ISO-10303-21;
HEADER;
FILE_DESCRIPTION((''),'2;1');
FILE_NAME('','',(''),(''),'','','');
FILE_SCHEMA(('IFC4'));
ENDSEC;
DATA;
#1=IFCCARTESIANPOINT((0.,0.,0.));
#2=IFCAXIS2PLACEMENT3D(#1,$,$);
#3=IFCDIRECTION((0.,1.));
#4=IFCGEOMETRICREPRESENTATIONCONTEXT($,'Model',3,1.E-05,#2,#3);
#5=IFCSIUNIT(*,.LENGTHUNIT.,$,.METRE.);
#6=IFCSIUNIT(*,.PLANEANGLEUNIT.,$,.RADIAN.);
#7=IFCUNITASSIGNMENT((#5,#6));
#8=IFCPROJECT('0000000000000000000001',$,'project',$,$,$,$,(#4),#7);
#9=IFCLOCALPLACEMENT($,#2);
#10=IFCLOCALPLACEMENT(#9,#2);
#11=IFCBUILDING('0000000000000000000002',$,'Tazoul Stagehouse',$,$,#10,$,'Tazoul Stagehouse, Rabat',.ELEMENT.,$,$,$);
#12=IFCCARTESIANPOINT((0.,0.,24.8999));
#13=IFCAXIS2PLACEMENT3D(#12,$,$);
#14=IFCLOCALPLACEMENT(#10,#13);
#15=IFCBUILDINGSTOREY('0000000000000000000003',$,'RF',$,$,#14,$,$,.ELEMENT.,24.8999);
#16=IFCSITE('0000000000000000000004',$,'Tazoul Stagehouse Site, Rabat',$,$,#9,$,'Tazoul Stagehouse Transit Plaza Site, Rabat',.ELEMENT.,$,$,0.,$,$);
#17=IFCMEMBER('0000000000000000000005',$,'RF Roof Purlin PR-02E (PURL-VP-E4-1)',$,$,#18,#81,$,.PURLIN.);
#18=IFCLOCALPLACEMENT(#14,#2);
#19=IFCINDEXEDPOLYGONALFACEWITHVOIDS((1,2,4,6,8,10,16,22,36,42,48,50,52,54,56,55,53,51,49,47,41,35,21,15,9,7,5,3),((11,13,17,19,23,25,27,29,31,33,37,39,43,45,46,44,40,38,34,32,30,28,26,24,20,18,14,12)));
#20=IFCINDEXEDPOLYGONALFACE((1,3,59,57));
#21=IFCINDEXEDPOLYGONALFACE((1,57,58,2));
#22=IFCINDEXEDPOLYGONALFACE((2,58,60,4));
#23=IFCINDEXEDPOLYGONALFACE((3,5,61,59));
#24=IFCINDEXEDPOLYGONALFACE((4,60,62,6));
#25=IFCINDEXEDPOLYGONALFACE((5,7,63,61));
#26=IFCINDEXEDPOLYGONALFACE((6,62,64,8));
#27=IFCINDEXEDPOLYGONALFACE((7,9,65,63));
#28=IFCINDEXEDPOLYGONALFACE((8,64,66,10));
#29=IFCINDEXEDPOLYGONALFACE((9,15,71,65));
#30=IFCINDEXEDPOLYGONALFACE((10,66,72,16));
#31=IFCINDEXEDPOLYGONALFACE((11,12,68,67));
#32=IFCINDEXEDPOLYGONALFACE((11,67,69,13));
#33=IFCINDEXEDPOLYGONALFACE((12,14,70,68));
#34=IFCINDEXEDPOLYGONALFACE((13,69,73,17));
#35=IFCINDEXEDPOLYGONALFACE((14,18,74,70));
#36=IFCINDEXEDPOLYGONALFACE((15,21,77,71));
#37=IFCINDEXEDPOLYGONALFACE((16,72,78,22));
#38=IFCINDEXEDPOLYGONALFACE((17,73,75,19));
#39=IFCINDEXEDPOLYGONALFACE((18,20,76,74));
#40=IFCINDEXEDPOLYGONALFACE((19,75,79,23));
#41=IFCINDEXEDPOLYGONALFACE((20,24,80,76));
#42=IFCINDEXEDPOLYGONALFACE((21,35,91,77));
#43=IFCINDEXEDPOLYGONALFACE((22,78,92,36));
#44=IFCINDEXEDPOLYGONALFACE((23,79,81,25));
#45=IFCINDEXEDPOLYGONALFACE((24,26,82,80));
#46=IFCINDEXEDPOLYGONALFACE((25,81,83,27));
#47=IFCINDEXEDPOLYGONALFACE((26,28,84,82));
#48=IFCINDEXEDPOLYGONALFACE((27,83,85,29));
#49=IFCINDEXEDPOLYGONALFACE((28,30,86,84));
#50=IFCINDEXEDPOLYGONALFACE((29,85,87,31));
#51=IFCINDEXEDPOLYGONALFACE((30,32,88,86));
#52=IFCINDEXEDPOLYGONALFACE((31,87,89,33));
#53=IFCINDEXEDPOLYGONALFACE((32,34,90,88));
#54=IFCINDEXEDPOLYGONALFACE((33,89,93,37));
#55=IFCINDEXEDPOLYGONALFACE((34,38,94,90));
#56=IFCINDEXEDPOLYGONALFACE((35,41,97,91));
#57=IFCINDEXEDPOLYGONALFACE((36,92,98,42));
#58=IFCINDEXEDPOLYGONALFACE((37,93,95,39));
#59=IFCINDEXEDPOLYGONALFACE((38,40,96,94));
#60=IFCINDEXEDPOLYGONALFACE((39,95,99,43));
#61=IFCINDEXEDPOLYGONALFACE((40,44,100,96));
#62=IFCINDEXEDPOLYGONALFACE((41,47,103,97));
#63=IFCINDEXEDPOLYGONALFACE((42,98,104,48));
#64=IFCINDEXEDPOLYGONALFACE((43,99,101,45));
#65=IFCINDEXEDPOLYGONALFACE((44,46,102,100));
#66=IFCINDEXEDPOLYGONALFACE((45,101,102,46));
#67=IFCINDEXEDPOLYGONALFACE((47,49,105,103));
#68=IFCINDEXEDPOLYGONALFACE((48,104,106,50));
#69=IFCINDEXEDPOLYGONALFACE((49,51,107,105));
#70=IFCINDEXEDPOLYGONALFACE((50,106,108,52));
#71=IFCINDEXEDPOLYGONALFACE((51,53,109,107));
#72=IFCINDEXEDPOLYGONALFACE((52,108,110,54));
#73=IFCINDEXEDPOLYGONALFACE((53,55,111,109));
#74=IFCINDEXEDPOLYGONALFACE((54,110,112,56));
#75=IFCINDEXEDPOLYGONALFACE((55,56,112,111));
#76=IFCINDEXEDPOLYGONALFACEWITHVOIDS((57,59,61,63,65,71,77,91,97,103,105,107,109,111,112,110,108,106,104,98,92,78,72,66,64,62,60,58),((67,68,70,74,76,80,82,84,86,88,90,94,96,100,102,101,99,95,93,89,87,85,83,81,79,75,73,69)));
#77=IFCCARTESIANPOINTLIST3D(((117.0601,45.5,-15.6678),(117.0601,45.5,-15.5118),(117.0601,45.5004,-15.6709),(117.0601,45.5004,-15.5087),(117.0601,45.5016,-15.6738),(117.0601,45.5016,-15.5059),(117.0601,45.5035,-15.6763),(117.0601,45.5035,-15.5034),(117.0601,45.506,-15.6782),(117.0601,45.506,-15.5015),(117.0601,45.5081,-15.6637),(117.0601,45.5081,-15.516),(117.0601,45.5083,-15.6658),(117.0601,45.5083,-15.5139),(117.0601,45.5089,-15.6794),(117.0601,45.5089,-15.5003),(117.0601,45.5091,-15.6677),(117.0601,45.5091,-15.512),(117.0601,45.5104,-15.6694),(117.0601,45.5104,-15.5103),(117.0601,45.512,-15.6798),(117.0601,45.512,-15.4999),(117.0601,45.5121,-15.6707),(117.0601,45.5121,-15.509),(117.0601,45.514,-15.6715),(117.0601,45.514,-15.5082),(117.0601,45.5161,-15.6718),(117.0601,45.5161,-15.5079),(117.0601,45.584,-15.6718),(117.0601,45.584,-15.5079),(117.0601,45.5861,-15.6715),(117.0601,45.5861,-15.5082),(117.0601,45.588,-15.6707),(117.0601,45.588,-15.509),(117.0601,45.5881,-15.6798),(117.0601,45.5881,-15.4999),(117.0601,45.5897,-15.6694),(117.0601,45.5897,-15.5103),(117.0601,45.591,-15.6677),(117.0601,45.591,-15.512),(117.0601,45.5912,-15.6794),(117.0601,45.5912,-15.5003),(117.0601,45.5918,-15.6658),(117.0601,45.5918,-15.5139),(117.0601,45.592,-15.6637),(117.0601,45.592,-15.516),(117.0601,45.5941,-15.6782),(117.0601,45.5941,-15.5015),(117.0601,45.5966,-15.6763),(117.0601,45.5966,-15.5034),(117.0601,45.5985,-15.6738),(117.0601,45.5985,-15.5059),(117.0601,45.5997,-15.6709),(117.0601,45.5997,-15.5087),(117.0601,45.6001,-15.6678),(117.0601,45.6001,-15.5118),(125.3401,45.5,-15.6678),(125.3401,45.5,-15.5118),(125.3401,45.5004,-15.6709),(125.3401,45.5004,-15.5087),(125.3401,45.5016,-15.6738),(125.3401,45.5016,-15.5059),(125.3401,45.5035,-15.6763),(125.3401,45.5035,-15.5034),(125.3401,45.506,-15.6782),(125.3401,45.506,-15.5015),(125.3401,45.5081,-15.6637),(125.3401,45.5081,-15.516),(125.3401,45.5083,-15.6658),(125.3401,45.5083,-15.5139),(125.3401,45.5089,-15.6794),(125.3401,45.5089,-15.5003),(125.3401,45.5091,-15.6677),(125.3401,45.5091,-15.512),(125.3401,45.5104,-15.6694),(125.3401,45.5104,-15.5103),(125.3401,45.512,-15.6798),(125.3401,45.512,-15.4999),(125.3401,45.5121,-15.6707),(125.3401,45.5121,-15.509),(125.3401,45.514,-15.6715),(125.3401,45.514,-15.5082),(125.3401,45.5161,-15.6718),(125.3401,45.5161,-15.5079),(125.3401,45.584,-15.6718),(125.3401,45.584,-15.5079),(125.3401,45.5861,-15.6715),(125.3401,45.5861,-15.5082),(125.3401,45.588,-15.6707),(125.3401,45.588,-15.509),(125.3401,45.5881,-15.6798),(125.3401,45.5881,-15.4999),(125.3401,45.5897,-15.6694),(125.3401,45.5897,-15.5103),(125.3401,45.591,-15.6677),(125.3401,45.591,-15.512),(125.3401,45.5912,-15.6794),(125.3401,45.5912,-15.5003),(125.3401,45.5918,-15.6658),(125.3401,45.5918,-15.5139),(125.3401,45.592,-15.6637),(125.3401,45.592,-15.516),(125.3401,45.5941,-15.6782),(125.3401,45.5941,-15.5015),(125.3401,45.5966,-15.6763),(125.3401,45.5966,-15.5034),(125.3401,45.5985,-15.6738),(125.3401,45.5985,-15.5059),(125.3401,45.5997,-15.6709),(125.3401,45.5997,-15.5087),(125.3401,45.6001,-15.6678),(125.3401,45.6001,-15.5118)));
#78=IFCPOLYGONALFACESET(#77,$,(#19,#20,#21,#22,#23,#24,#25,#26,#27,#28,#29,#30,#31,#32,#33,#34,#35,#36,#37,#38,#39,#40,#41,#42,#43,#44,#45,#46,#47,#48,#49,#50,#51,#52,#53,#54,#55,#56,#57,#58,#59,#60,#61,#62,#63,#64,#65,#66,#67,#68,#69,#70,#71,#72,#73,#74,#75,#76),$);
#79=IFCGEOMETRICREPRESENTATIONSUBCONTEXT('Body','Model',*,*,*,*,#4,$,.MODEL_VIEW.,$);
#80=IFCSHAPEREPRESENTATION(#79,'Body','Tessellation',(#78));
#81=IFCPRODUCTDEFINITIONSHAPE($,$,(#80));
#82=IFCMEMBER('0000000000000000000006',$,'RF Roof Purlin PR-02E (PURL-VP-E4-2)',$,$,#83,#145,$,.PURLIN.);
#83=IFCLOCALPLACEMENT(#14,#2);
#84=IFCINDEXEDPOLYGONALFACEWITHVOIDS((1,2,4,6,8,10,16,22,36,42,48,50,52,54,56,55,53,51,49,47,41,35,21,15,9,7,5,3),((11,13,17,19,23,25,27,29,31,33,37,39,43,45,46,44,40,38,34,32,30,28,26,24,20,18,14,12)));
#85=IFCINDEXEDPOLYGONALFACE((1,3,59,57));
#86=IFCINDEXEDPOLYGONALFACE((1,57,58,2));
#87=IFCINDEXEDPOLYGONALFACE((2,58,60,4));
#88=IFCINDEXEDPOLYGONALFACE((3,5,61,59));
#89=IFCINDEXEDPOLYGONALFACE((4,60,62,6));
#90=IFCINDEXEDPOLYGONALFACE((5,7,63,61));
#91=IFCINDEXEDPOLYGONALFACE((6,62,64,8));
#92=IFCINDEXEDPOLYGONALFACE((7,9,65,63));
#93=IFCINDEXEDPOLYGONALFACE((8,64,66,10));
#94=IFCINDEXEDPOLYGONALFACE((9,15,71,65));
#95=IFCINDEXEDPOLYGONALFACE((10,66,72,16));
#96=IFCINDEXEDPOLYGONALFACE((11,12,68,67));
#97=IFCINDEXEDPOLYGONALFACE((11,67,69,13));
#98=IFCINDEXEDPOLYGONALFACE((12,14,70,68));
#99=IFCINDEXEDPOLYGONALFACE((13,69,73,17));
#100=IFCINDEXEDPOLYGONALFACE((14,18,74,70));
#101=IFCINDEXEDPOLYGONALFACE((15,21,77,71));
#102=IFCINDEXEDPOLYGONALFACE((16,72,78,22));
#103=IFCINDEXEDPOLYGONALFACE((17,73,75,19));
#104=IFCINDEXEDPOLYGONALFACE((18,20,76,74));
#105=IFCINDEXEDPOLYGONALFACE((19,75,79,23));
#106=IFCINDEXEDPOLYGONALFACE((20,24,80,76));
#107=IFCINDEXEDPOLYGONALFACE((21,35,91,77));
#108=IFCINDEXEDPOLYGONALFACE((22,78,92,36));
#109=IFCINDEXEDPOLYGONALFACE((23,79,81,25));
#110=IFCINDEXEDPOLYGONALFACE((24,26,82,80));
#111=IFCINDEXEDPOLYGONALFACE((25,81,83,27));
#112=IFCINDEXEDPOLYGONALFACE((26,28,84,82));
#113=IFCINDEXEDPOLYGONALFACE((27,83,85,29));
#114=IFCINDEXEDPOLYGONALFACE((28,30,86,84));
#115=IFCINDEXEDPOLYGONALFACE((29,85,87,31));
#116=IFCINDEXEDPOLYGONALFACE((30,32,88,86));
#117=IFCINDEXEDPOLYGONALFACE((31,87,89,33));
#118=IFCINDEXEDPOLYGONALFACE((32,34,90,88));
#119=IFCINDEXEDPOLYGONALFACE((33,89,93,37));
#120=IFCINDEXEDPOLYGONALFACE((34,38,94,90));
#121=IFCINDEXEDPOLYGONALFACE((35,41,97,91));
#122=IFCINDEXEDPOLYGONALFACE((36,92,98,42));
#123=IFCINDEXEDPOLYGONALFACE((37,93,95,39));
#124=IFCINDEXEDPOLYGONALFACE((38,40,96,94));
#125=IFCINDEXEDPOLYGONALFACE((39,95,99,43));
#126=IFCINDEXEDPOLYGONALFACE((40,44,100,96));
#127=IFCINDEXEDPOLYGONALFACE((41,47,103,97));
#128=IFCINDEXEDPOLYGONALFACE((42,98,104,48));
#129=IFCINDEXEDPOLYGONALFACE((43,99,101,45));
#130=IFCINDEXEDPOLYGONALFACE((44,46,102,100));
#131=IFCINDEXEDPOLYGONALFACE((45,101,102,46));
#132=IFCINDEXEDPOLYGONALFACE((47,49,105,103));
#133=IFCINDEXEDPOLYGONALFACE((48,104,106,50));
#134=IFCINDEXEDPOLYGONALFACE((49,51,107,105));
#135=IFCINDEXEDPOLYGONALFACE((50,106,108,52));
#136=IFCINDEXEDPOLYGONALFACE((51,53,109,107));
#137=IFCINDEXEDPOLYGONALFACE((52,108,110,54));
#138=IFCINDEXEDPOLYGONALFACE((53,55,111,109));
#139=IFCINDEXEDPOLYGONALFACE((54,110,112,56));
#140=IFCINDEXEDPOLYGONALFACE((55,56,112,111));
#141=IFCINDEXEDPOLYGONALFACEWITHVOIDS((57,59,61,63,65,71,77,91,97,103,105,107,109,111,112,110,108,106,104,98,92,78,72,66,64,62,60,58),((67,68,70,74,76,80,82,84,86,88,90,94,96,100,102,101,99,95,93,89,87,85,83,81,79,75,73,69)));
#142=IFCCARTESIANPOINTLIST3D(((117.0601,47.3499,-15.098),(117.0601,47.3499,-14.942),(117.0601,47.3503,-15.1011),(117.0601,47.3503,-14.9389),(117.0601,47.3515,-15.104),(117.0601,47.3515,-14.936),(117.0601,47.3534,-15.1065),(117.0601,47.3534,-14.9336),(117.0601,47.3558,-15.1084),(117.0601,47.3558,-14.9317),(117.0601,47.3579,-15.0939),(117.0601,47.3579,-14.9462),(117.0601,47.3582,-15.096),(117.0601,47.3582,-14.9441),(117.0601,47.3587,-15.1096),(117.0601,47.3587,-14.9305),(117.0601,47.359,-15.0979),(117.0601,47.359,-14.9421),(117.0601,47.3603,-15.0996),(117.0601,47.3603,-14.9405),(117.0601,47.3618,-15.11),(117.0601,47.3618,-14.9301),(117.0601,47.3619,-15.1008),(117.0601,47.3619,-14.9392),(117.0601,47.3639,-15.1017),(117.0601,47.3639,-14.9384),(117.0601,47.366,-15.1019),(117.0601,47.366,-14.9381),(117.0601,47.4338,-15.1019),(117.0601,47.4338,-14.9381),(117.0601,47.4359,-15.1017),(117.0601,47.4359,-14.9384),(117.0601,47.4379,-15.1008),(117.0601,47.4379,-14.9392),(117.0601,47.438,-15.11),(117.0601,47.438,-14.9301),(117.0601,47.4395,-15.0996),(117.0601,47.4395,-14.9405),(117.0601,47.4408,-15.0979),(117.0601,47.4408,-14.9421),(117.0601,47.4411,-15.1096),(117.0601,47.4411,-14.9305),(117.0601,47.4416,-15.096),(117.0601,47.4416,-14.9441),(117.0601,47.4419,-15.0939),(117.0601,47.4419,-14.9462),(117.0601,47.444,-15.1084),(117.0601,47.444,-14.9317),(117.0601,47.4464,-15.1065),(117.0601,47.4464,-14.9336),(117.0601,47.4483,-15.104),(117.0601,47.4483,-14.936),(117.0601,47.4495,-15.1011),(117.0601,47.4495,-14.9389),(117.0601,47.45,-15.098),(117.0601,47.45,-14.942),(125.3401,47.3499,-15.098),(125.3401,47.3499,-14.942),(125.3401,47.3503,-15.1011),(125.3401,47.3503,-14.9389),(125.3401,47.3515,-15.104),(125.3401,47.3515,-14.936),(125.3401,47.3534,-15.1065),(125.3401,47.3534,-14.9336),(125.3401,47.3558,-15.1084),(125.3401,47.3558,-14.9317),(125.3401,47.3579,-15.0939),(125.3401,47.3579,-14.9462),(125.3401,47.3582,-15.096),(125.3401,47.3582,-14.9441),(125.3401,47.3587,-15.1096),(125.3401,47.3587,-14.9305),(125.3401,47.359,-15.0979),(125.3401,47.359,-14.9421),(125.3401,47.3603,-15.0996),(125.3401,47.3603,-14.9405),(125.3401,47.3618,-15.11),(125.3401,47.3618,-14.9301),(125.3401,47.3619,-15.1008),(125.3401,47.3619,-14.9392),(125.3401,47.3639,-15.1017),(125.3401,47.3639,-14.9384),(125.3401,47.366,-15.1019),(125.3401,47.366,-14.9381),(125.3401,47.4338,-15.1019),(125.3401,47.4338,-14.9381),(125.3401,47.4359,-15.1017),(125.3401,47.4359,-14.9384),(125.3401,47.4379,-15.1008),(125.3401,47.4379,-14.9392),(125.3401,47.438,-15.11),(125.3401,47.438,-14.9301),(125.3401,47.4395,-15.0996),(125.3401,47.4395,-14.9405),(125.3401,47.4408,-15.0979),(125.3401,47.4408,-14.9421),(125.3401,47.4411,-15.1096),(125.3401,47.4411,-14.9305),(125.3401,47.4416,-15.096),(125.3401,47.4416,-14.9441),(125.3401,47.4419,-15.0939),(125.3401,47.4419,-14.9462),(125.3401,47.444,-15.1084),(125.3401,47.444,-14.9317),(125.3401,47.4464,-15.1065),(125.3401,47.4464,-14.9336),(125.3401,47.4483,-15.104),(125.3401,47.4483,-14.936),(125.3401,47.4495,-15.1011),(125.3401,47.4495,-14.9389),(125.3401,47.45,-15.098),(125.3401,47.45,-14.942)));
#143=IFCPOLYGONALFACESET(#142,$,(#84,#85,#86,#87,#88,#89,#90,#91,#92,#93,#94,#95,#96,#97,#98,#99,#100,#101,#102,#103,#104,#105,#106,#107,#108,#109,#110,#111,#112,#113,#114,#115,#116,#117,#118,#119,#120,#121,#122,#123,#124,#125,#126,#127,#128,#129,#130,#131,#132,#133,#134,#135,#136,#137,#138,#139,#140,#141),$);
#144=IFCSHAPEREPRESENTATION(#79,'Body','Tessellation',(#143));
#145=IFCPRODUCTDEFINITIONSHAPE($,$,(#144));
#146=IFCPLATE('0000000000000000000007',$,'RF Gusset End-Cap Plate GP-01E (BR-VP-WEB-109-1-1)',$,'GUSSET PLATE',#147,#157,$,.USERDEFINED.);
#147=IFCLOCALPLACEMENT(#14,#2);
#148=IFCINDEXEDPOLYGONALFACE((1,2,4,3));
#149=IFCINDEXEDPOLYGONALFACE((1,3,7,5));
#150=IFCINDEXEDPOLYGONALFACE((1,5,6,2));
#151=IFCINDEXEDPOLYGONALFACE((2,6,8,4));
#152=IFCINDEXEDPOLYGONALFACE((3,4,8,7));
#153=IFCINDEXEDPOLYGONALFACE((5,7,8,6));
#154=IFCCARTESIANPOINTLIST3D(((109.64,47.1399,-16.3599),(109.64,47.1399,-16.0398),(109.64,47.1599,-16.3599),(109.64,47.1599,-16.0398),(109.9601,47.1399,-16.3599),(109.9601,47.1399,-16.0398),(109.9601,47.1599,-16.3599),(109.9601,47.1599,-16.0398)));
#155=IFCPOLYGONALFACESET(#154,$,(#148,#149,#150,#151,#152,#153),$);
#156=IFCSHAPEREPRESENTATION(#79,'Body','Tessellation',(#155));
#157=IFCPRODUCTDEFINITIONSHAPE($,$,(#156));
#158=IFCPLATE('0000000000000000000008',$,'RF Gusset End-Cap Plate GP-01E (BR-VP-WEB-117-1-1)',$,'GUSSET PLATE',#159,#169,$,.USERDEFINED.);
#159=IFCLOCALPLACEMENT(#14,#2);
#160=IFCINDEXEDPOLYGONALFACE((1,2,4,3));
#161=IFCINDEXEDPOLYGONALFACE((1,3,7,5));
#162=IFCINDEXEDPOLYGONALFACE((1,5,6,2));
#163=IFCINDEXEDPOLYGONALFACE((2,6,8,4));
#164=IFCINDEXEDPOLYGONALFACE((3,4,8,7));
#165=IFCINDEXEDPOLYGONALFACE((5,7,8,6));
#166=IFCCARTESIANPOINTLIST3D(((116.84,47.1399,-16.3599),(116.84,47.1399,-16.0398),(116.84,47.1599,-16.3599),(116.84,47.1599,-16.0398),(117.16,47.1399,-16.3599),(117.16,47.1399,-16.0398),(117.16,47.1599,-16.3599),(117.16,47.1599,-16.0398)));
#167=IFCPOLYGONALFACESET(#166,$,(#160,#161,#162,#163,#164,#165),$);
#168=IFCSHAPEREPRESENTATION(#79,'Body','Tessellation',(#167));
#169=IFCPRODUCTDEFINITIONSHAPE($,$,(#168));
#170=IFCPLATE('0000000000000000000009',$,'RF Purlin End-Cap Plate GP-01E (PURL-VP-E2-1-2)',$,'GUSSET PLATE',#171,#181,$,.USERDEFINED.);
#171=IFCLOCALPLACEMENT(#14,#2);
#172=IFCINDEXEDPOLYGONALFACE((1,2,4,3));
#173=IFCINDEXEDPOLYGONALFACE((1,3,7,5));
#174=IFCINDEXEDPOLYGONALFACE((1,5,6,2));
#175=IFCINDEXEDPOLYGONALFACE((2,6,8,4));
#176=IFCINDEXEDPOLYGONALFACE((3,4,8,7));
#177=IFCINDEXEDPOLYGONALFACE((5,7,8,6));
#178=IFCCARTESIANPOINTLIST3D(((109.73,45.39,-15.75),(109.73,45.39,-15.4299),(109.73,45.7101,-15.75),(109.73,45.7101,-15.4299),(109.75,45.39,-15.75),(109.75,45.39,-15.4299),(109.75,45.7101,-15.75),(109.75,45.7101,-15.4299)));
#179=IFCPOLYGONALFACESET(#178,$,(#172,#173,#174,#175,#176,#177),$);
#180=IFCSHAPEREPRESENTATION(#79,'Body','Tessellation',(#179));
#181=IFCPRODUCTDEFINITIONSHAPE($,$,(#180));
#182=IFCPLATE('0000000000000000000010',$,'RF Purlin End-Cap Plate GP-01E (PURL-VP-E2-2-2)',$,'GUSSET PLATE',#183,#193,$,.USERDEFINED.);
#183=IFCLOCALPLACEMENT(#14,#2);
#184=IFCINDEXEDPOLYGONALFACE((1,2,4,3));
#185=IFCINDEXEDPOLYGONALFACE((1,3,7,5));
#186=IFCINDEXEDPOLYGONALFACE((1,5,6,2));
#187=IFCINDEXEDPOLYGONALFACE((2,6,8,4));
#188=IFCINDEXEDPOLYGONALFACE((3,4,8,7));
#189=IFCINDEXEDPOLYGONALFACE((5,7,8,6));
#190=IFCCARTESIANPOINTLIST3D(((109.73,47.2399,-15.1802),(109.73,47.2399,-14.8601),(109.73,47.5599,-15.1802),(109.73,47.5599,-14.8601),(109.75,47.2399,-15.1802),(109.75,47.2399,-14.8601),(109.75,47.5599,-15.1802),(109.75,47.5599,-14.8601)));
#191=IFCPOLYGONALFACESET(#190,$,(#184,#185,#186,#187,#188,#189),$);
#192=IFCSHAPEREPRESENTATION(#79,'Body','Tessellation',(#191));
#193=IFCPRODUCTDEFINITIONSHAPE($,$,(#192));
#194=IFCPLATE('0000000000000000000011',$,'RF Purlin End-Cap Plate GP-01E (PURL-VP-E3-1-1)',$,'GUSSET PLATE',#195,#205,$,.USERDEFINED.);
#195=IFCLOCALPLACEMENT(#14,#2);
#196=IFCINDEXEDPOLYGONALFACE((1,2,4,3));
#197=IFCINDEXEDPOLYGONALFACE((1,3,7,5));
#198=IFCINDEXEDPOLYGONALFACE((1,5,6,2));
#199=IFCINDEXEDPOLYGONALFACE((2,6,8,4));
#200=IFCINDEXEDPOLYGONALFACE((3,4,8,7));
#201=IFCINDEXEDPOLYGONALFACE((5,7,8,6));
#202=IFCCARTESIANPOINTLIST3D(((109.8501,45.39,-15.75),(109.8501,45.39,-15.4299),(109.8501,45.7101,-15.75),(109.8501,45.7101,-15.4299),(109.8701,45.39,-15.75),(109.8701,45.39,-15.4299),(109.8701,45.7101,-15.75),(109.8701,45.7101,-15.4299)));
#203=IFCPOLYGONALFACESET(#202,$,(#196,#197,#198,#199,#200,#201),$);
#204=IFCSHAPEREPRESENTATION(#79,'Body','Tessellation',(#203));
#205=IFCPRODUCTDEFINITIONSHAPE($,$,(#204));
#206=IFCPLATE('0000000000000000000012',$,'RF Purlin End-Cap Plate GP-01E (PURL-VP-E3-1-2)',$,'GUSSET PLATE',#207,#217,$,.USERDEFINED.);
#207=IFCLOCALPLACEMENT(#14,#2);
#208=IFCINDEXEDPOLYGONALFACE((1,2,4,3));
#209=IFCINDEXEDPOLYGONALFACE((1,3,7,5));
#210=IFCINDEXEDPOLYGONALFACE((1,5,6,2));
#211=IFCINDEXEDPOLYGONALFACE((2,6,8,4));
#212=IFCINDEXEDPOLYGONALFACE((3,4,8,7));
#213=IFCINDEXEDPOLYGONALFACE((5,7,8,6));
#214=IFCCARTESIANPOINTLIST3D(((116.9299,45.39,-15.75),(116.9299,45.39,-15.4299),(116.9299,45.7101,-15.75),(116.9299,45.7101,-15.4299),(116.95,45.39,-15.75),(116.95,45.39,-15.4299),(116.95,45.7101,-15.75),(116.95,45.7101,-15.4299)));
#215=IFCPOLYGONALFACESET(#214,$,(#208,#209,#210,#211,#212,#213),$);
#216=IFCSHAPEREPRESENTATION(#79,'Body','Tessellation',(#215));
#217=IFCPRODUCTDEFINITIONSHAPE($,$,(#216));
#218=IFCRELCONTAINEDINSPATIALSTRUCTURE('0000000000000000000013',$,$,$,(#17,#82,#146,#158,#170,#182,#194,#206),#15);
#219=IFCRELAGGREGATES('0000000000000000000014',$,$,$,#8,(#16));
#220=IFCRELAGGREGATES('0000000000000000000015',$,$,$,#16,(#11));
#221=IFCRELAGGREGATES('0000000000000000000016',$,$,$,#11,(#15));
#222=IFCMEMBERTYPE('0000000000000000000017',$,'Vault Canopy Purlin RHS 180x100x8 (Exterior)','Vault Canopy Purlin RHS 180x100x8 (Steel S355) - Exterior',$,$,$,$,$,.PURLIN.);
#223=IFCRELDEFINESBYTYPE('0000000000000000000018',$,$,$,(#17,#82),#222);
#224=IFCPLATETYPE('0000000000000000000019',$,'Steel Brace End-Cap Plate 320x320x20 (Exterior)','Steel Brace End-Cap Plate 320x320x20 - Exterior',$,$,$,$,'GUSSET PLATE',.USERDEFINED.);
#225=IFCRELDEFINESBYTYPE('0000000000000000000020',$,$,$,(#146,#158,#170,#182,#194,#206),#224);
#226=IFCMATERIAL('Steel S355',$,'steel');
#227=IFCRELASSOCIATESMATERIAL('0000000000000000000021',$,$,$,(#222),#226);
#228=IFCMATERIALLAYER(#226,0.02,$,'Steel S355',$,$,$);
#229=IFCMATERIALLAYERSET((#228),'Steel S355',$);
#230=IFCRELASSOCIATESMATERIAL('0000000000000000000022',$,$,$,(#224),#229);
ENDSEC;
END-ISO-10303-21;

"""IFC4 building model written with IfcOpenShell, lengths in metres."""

from ifc_helpers import new_model, si_unit, direction, frame, origin, origin_2d, place, context, subcontext, project, spatial, rectangle, hollow_rectangle, extrude, material, layer, layer_set, material_profile, profile_set, type_object, element, save


model = new_model("IFC4")

# Units and contexts
model_context = context("Model", 3, precision=1e-05, world=origin(), true_north=direction((0.0, 1.0)))
body_context = subcontext(model_context, "Body", "Model", "MODEL_VIEW")
ifc_project = project(units=[si_unit("LENGTHUNIT", "METRE"), si_unit("PLANEANGLEUNIT", "RADIAN")], contexts=[model_context])

# Site, building, storey
site_placement = place(None, origin())
site = spatial("IfcSite", under=ifc_project, at=site_placement, Name="Tazoul Stagehouse Site, Rabat", LongName="Tazoul Stagehouse Transit Plaza Site, Rabat", CompositionType="ELEMENT", RefElevation=0.0)
building_placement = place(site_placement, origin())
building = spatial("IfcBuilding", under=site, at=building_placement, Name="Tazoul Stagehouse", LongName="Tazoul Stagehouse, Rabat", CompositionType="ELEMENT")
storey_placement = place(building_placement, frame((0.0, 0.0, 24.8999)))
storey = spatial("IfcBuildingStorey", under=building, at=storey_placement, Name="RF", CompositionType="ELEMENT", Elevation=24.8999)

# Shared definitions
ifc_material_1 = material(Name="Steel S355", Category="steel")

# Members
ifc_material_profile_1 = material_profile(ifc_material_1, hollow_rectangle(XDim=0.1001, YDim=0.1799, WallThickness=0.0081, InnerFilletRadius=0.0081, OuterFilletRadius=0.012, at=origin_2d()), Name="RHS 180x100x8")
ifc_profile_set_1 = profile_set([ifc_material_profile_1], Name="Steel S355")
member_type_1 = type_object("IfcMemberType", Name="Vault Canopy Purlin RHS 180x100x8 (Exterior)", Description="Vault Canopy Purlin RHS 180x100x8 (Steel S355) - Exterior", PredefinedType="PURLIN", material=ifc_profile_set_1)
for number, where, z_axis, x_axis, name in (
    (1, (117.0601, 45.55, -15.5898), (1.0, 0.0, 0.0), (0.0, 1.0, 0.0), "RF Roof Purlin PR-02E (PURL-VP-E4-1)"),
    (2, (117.0601, 47.3999, -15.02), (1.0, 0.0, 0.0), (0.0, 1.0, 0.0), "RF Roof Purlin PR-02E (PURL-VP-E4-2)"),
):
    element("IfcMember", number, at=place(storey_placement, frame(where, z_axis=z_axis, x_axis=x_axis)), inside=storey, type_object=member_type_1, Name=name, PredefinedType="PURLIN", context=body_context, shape_type="SweptSolid", body=[
        extrude(hollow_rectangle(XDim=0.1001, YDim=0.1799, WallThickness=0.0081, InnerFilletRadius=0.0081, OuterFilletRadius=0.012, at=origin_2d()), origin(), (0.0, 0.0, 1.0), 8.28),
    ])

# Plates
ifc_layer_1 = layer(ifc_material_1, 0.02, Name="Steel S355")
ifc_layer_set_1 = layer_set([ifc_layer_1], Name="Steel S355")
plate_type_1 = type_object("IfcPlateType", Name="Steel Brace End-Cap Plate 320x320x20 (Exterior)", Description="Steel Brace End-Cap Plate 320x320x20 - Exterior", ElementType="GUSSET PLATE", PredefinedType="USERDEFINED", material=ifc_layer_set_1)
for number, where, z_axis, x_axis, name in (
    (3, (109.8, 47.1499, -16.3599), (0.0, 0.0, 1.0), (0.0, -1.0, 0.0), "RF Gusset End-Cap Plate GP-01E (BR-VP-WEB-109-1-1)"),
    (4, (117.0, 47.1499, -16.3599), (0.0, 0.0, 1.0), (0.0, -1.0, 0.0), "RF Gusset End-Cap Plate GP-01E (BR-VP-WEB-117-1-1)"),
    (5, (109.74, 45.55, -15.75), (0.0, 0.0, 1.0), (1.0, 0.0, 0.0), "RF Purlin End-Cap Plate GP-01E (PURL-VP-E2-1-2)"),
    (6, (109.74, 47.3999, -15.1802), (0.0, 0.0, 1.0), (1.0, 0.0, 0.0), "RF Purlin End-Cap Plate GP-01E (PURL-VP-E2-2-2)"),
    (7, (109.8601, 45.55, -15.75), (0.0, 0.0, 1.0), (1.0, 0.0, 0.0), "RF Purlin End-Cap Plate GP-01E (PURL-VP-E3-1-1)"),
    (8, (116.9399, 45.55, -15.75), (0.0, 0.0, 1.0), (1.0, 0.0, 0.0), "RF Purlin End-Cap Plate GP-01E (PURL-VP-E3-1-2)"),
):
    element("IfcPlate", number, at=place(storey_placement, frame(where, z_axis=z_axis, x_axis=x_axis)), inside=storey, type_object=plate_type_1, Name=name, ObjectType="GUSSET PLATE", PredefinedType="USERDEFINED", context=body_context, shape_type="SweptSolid", body=[
        extrude(rectangle(XDim=0.02, YDim=0.3201, at=origin_2d()), origin(), (0.0, 0.0, 1.0), 0.3201),
    ])

save(model, "model.ifc")
